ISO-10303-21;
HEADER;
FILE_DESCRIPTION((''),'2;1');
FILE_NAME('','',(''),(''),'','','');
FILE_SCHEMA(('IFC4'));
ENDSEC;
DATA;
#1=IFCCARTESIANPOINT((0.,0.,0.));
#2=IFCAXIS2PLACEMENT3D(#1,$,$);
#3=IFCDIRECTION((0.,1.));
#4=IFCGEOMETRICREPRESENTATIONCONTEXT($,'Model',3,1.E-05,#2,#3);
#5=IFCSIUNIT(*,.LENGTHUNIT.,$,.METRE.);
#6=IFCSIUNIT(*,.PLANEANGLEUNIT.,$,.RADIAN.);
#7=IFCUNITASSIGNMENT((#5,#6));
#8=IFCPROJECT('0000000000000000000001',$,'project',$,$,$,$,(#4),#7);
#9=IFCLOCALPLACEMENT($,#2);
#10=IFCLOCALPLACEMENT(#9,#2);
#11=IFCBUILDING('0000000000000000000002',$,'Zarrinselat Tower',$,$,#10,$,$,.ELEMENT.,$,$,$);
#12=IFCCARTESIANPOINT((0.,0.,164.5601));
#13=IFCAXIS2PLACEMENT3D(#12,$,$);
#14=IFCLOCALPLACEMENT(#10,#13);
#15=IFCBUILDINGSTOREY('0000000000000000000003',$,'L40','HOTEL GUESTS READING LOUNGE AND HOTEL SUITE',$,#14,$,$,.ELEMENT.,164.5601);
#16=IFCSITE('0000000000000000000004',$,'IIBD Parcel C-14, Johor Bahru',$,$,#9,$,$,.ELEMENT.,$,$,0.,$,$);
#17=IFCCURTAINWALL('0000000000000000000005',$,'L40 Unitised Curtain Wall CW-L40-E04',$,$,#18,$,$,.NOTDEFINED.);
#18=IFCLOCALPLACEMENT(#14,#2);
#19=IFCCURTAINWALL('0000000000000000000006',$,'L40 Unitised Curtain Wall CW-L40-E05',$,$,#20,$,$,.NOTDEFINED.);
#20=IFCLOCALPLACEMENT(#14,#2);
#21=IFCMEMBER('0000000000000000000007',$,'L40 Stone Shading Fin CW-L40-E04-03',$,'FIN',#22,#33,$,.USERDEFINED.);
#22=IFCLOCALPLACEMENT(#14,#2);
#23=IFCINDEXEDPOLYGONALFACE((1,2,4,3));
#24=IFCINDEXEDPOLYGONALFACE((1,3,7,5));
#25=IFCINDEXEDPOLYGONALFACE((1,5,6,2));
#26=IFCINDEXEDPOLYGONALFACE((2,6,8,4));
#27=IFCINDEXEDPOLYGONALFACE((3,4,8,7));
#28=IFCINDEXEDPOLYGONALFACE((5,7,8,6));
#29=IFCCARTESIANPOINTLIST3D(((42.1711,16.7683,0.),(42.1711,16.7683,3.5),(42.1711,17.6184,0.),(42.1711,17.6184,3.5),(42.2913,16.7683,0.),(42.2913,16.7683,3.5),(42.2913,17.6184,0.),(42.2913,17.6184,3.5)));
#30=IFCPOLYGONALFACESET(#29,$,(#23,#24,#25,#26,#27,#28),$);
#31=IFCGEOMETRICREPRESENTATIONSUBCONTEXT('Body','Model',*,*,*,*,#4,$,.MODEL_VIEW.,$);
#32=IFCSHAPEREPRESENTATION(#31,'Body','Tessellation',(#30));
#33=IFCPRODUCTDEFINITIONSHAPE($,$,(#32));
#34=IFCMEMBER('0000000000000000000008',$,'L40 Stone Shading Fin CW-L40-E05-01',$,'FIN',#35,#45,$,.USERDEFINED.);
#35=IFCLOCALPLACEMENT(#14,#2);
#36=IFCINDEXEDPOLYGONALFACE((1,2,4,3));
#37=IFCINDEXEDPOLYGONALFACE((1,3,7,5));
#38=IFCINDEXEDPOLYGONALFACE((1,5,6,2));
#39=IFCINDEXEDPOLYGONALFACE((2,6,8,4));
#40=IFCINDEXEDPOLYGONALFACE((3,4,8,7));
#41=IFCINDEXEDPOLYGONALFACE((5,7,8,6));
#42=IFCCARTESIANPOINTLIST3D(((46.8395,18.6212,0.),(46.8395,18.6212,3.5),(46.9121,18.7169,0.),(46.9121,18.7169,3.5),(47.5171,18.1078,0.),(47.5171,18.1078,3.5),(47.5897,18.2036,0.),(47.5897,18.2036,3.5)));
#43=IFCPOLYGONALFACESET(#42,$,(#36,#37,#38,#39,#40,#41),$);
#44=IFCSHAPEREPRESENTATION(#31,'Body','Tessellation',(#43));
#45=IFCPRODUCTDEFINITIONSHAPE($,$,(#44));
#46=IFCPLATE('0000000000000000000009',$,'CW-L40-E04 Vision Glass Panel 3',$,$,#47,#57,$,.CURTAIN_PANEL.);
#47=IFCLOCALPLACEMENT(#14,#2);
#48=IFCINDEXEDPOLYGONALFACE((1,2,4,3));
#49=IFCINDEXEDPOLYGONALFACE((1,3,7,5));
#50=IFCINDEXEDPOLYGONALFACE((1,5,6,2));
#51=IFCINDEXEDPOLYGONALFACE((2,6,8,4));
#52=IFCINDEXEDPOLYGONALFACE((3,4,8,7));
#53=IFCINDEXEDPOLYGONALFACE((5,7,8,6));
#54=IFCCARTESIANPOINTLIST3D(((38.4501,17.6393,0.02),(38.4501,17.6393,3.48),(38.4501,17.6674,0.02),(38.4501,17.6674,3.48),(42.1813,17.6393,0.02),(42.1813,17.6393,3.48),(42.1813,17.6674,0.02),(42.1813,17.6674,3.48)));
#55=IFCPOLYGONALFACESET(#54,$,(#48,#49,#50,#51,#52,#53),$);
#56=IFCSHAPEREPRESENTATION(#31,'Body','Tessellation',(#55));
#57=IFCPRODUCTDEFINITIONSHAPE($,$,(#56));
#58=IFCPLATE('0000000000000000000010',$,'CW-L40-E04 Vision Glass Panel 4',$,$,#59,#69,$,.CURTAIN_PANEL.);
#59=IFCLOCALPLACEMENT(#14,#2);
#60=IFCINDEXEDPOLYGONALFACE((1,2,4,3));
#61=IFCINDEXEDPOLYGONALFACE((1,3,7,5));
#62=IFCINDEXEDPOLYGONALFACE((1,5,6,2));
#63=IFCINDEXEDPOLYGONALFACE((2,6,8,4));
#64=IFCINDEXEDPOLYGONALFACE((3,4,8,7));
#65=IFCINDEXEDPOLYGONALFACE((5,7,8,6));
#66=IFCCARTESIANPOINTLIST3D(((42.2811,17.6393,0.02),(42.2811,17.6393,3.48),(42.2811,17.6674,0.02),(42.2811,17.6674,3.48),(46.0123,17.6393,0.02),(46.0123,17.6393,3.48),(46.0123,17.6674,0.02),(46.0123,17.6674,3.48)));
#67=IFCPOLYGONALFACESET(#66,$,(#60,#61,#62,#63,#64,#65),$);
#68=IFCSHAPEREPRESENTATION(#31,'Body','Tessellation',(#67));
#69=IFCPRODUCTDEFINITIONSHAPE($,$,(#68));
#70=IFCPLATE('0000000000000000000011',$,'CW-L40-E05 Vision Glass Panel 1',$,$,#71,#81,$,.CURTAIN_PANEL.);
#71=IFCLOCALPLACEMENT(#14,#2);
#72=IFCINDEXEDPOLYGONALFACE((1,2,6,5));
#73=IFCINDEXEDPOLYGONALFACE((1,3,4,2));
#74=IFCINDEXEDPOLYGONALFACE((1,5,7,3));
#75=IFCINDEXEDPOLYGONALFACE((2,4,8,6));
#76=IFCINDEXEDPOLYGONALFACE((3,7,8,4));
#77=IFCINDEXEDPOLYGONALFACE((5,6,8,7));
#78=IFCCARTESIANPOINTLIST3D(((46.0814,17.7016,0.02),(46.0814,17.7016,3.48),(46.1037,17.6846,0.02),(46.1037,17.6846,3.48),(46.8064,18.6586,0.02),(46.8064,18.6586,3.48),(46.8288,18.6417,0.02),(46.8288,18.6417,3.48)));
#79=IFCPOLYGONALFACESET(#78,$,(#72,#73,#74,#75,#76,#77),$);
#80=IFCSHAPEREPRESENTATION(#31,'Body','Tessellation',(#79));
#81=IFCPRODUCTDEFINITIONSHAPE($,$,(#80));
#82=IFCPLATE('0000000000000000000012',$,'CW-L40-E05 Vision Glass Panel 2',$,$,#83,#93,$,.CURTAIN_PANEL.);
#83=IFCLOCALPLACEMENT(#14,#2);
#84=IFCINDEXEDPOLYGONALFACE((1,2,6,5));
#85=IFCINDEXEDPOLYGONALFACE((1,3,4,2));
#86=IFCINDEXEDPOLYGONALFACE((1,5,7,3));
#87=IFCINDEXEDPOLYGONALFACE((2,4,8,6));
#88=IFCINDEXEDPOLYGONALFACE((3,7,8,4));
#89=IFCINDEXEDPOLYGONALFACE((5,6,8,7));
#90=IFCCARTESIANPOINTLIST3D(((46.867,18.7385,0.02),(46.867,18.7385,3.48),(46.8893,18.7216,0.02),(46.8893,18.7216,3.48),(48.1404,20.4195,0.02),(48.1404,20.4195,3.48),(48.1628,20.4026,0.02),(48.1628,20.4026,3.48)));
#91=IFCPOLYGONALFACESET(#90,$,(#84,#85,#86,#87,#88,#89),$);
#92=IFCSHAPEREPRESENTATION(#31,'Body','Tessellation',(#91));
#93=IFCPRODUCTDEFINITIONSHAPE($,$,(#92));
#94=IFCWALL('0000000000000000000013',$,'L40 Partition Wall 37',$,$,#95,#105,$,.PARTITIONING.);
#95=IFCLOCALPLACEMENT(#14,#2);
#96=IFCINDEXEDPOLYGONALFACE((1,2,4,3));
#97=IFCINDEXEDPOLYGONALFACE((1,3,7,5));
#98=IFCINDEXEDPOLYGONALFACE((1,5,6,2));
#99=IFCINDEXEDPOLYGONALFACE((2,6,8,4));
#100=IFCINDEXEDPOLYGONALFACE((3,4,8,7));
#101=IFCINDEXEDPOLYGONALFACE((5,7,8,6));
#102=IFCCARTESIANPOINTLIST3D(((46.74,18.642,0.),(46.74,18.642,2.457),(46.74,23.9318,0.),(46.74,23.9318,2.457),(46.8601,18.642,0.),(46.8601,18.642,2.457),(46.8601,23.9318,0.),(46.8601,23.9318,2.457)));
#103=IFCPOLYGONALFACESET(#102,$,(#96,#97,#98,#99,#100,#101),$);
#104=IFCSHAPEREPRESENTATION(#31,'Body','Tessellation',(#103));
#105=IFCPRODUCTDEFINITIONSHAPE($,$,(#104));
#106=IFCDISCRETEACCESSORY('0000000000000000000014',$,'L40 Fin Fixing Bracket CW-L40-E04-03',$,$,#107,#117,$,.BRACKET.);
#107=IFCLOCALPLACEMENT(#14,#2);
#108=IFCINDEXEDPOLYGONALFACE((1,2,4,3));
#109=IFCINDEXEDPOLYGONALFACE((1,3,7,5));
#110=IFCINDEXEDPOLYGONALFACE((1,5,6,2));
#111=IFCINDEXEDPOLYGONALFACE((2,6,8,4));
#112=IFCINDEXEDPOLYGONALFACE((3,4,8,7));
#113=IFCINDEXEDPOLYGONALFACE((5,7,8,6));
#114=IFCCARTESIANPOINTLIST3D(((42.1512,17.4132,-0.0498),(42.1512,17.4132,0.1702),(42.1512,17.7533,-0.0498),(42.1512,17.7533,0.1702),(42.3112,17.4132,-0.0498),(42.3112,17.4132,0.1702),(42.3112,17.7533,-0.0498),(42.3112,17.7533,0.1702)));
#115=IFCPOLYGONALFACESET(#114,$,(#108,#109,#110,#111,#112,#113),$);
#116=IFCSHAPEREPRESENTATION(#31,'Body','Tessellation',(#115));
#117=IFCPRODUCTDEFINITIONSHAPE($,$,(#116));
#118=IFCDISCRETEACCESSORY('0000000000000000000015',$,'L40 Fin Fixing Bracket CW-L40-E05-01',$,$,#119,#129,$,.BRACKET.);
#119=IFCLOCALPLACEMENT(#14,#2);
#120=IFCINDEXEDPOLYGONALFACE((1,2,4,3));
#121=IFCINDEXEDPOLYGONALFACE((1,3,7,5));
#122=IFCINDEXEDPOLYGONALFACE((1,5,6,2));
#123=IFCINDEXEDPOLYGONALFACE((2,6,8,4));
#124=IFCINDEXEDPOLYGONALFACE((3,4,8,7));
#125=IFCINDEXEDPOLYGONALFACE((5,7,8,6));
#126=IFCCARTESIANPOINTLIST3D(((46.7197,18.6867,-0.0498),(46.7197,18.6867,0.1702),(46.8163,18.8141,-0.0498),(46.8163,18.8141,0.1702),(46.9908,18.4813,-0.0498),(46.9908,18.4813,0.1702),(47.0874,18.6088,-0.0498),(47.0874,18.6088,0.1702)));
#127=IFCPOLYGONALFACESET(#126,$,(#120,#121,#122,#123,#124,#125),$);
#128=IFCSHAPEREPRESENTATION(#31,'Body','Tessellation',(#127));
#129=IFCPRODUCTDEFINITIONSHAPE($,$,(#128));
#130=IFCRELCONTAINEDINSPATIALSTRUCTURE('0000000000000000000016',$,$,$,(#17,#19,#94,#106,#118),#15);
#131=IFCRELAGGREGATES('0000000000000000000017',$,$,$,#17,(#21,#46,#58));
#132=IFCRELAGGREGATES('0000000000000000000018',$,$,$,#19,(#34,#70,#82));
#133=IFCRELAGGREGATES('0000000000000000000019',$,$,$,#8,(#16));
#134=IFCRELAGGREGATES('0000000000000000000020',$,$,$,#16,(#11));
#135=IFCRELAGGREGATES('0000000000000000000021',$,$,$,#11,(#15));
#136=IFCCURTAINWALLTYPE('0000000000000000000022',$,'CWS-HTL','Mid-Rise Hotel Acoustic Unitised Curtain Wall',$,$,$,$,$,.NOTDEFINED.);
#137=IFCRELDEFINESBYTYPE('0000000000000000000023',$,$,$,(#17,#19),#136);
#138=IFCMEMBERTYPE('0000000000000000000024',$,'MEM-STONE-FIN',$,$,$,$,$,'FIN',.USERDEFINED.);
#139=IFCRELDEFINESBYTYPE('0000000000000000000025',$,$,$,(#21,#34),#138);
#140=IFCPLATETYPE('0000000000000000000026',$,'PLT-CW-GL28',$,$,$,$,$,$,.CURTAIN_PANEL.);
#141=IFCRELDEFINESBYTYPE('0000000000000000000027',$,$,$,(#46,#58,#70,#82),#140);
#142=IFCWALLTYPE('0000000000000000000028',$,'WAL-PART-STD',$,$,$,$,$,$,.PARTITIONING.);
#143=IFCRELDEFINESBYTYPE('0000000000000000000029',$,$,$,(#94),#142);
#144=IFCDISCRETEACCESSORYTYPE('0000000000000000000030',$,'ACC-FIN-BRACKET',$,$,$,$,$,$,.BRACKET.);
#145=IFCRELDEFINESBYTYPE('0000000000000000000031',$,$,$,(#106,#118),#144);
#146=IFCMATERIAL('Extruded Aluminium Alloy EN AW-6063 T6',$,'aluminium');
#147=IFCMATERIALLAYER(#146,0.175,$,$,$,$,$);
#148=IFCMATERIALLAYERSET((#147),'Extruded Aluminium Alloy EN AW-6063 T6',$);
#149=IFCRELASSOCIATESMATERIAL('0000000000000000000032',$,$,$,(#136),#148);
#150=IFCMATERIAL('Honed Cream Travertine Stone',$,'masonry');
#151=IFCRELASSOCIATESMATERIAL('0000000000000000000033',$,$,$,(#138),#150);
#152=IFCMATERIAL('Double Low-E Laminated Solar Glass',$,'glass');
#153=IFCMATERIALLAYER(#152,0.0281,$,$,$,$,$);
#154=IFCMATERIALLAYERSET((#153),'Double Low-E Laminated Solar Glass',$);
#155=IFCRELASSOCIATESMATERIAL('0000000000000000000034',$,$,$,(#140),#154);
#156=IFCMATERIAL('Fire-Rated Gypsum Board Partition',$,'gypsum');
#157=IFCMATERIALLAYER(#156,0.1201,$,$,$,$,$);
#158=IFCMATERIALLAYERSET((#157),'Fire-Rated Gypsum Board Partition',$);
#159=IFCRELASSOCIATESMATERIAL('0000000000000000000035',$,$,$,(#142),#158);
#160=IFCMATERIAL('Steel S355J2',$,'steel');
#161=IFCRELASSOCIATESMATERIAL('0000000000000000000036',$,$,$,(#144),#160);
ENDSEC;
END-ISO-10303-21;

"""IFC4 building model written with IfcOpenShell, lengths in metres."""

from ifc_helpers import new_model, si_unit, direction, frame, frame_2d, origin, origin_2d, place, context, subcontext, project, spatial, rectangle, extrude, material, layer, layer_set, material_profile, profile_set, type_object, element, aggregate, save


model = new_model("IFC4")

# Units and contexts
model_context = context("Model", 3, precision=1e-05, world=origin(), true_north=direction((0.0, 1.0)))
body_context = subcontext(model_context, "Body", "Model", "MODEL_VIEW")
ifc_project = project(units=[si_unit("LENGTHUNIT", "METRE"), si_unit("PLANEANGLEUNIT", "RADIAN")], contexts=[model_context])

# Site, building, storey
site_placement = place(None, origin())
site = spatial("IfcSite", under=ifc_project, at=site_placement, Name="IIBD Parcel C-14, Johor Bahru", CompositionType="ELEMENT", RefElevation=0.0)
building_placement = place(site_placement, origin())
building = spatial("IfcBuilding", under=site, at=building_placement, Name="Zarrinselat Tower", CompositionType="ELEMENT")
storey_placement = place(building_placement, frame((0.0, 0.0, 164.5601)))
storey = spatial("IfcBuildingStorey", under=building, at=storey_placement, Name="L40", Description="HOTEL GUESTS READING LOUNGE AND HOTEL SUITE", CompositionType="ELEMENT", Elevation=164.5601)

# Curtain walls
ifc_material_1 = material(Name="Extruded Aluminium Alloy EN AW-6063 T6", Category="aluminium")
ifc_layer_1 = layer(ifc_material_1, 0.175)
ifc_layer_set_1 = layer_set([ifc_layer_1], Name="Extruded Aluminium Alloy EN AW-6063 T6")
curtain_wall_type = type_object("IfcCurtainWallType", Name="CWS-HTL", Description="Mid-Rise Hotel Acoustic Unitised Curtain Wall", PredefinedType="NOTDEFINED", material=ifc_layer_set_1)
curtain_wall_1_placement = place(storey_placement, origin())
curtain_wall_1 = element("IfcCurtainWall", 1, at=curtain_wall_1_placement, inside=storey, type_object=curtain_wall_type, Name="L40 Unitised Curtain Wall CW-L40-E04", PredefinedType="NOTDEFINED")
curtain_wall_2_placement = place(storey_placement, origin())
curtain_wall_2 = element("IfcCurtainWall", 2, at=curtain_wall_2_placement, inside=storey, type_object=curtain_wall_type, Name="L40 Unitised Curtain Wall CW-L40-E05", PredefinedType="NOTDEFINED")

# Members
ifc_material_2 = material(Name="Honed Cream Travertine Stone", Category="masonry")
ifc_material_profile_1 = material_profile(ifc_material_2, rectangle(XDim=0.1201, YDim=0.8501, at=origin_2d()), Name="FIN 850x120")
ifc_profile_set_1 = profile_set([ifc_material_profile_1], Name="Honed Cream Travertine Stone")
member_type_1 = type_object("IfcMemberType", Name="MEM-STONE-FIN", ElementType="FIN", PredefinedType="USERDEFINED", material=ifc_profile_set_1)
member_1_placement = place(storey_placement, frame((42.2312, 17.1934, 0.0), z_axis=(0.0, 0.0, 1.0), x_axis=(-1.0, 0.0, 0.0)))
member_1 = element("IfcMember", 3, at=member_1_placement, type_object=member_type_1, Name="L40 Stone Shading Fin CW-L40-E04-03", ObjectType="FIN", PredefinedType="USERDEFINED", context=body_context, shape_type="SweptSolid", body=[
    extrude(rectangle(XDim=0.1201, YDim=0.8501, at=origin_2d()), origin(), (0.0, 0.0, 1.0), 3.5),
])
member_2_placement = place(storey_placement, frame((47.2146, 18.4124, 0.0), z_axis=(0.0, 0.0, 1.0), x_axis=(-0.603859, -0.797091, 0.0)))
member_2 = element("IfcMember", 4, at=member_2_placement, type_object=member_type_1, Name="L40 Stone Shading Fin CW-L40-E05-01", ObjectType="FIN", PredefinedType="USERDEFINED", context=body_context, shape_type="SweptSolid", body=[
    extrude(rectangle(XDim=0.1201, YDim=0.8501, at=origin_2d()), origin(), (0.0, 0.0, 1.0), 3.5),
])

# Plates
ifc_material_3 = material(Name="Double Low-E Laminated Solar Glass", Category="glass")
ifc_layer_2 = layer(ifc_material_3, 0.0281)
ifc_layer_set_2 = layer_set([ifc_layer_2], Name="Double Low-E Laminated Solar Glass")
plate_type = type_object("IfcPlateType", Name="PLT-CW-GL28", PredefinedType="CURTAIN_PANEL", material=ifc_layer_set_2)
plate_1_placement = place(storey_placement, frame((40.3157, 17.6533, 0.02), z_axis=(0.0, 0.0, 1.0), x_axis=(1.0, 0.0, 0.0)))
plate_1 = element("IfcPlate", 5, at=plate_1_placement, type_object=plate_type, Name="CW-L40-E04 Vision Glass Panel 3", PredefinedType="CURTAIN_PANEL", context=body_context, shape_type="SweptSolid", body=[
    extrude(rectangle(XDim=3.7312, YDim=0.0281, at=origin_2d()), origin(), (0.0, 0.0, 1.0), 3.46),
])
plate_2_placement = place(storey_placement, frame((44.1467, 17.6533, 0.02), z_axis=(0.0, 0.0, 1.0), x_axis=(1.0, 0.0, 0.0)))
plate_2 = element("IfcPlate", 6, at=plate_2_placement, type_object=plate_type, Name="CW-L40-E04 Vision Glass Panel 4", PredefinedType="CURTAIN_PANEL", context=body_context, shape_type="SweptSolid", body=[
    extrude(rectangle(XDim=3.7312, YDim=0.0281, at=origin_2d()), origin(), (0.0, 0.0, 1.0), 3.46),
])
aggregate(curtain_wall_1, [member_1, plate_1, plate_2])
plate_3_placement = place(storey_placement, frame((46.4551, 18.1716, 0.02), z_axis=(0.0, 0.0, 1.0), x_axis=(0.603859, 0.797091, 0.0)))
plate_3 = element("IfcPlate", 7, at=plate_3_placement, type_object=plate_type, Name="CW-L40-E05 Vision Glass Panel 1", PredefinedType="CURTAIN_PANEL", context=body_context, shape_type="SweptSolid", body=[
    extrude(rectangle(XDim=1.2007, YDim=0.0281, at=origin_2d()), origin(), (0.0, 0.0, 1.0), 3.46),
])
plate_4_placement = place(storey_placement, frame((47.5149, 19.5706, 0.02), z_axis=(0.0, 0.0, 1.0), x_axis=(0.603859, 0.797091, 0.0)))
plate_4 = element("IfcPlate", 8, at=plate_4_placement, type_object=plate_type, Name="CW-L40-E05 Vision Glass Panel 2", PredefinedType="CURTAIN_PANEL", context=body_context, shape_type="SweptSolid", body=[
    extrude(rectangle(XDim=2.1089, YDim=0.0281, at=origin_2d()), origin(), (0.0, 0.0, 1.0), 3.46),
])
aggregate(curtain_wall_2, [member_2, plate_3, plate_4])

# Wall
ifc_material_4 = material(Name="Fire-Rated Gypsum Board Partition", Category="gypsum")
ifc_layer_3 = layer(ifc_material_4, 0.1201)
ifc_layer_set_3 = layer_set([ifc_layer_3], Name="Fire-Rated Gypsum Board Partition")
wall_type = type_object("IfcWallType", Name="WAL-PART-STD", PredefinedType="PARTITIONING", material=ifc_layer_set_3)
wall_placement = place(storey_placement, frame((46.8, 18.6418, 0.0), z_axis=(0.0, 0.0, 1.0), x_axis=(0.0, 1.0, 0.0)))
element("IfcWall", 9, at=wall_placement, inside=storey, type_object=wall_type, Name="L40 Partition Wall 37", PredefinedType="PARTITIONING", context=body_context, shape_type="SweptSolid", body=[
    extrude(rectangle(XDim=5.2898, YDim=0.1201, at=frame_2d((2.645, 0.0))), origin(), (0.0, 0.0, 1.0), 2.457),
])

# Discrete accessories
ifc_material_5 = material(Name="Steel S355J2", Category="steel")
discrete_accessory_type = type_object("IfcDiscreteAccessoryType", Name="ACC-FIN-BRACKET", PredefinedType="BRACKET", material=ifc_material_5)
for number, where, z_axis, x_axis, name in (
    (10, (42.2312, 17.5833, -0.0498), (0.0, 0.0, 1.0), (0.0, -1.0, 0.0), "L40 Fin Fixing Bracket CW-L40-E04-03"),
    (11, (46.9036, 18.6477, -0.0498), (0.0, 0.0, 1.0), (0.797091, -0.603859, 0.0), "L40 Fin Fixing Bracket CW-L40-E05-01"),
):
    element("IfcDiscreteAccessory", number, at=place(storey_placement, frame(where, z_axis=z_axis, x_axis=x_axis)), inside=storey, type_object=discrete_accessory_type, Name=name, PredefinedType="BRACKET", context=body_context, shape_type="SweptSolid", body=[
        extrude(rectangle(XDim=0.3401, YDim=0.1599, at=origin_2d()), origin(), (0.0, 0.0, 1.0), 0.22),
    ])

save(model, "model.ifc")
